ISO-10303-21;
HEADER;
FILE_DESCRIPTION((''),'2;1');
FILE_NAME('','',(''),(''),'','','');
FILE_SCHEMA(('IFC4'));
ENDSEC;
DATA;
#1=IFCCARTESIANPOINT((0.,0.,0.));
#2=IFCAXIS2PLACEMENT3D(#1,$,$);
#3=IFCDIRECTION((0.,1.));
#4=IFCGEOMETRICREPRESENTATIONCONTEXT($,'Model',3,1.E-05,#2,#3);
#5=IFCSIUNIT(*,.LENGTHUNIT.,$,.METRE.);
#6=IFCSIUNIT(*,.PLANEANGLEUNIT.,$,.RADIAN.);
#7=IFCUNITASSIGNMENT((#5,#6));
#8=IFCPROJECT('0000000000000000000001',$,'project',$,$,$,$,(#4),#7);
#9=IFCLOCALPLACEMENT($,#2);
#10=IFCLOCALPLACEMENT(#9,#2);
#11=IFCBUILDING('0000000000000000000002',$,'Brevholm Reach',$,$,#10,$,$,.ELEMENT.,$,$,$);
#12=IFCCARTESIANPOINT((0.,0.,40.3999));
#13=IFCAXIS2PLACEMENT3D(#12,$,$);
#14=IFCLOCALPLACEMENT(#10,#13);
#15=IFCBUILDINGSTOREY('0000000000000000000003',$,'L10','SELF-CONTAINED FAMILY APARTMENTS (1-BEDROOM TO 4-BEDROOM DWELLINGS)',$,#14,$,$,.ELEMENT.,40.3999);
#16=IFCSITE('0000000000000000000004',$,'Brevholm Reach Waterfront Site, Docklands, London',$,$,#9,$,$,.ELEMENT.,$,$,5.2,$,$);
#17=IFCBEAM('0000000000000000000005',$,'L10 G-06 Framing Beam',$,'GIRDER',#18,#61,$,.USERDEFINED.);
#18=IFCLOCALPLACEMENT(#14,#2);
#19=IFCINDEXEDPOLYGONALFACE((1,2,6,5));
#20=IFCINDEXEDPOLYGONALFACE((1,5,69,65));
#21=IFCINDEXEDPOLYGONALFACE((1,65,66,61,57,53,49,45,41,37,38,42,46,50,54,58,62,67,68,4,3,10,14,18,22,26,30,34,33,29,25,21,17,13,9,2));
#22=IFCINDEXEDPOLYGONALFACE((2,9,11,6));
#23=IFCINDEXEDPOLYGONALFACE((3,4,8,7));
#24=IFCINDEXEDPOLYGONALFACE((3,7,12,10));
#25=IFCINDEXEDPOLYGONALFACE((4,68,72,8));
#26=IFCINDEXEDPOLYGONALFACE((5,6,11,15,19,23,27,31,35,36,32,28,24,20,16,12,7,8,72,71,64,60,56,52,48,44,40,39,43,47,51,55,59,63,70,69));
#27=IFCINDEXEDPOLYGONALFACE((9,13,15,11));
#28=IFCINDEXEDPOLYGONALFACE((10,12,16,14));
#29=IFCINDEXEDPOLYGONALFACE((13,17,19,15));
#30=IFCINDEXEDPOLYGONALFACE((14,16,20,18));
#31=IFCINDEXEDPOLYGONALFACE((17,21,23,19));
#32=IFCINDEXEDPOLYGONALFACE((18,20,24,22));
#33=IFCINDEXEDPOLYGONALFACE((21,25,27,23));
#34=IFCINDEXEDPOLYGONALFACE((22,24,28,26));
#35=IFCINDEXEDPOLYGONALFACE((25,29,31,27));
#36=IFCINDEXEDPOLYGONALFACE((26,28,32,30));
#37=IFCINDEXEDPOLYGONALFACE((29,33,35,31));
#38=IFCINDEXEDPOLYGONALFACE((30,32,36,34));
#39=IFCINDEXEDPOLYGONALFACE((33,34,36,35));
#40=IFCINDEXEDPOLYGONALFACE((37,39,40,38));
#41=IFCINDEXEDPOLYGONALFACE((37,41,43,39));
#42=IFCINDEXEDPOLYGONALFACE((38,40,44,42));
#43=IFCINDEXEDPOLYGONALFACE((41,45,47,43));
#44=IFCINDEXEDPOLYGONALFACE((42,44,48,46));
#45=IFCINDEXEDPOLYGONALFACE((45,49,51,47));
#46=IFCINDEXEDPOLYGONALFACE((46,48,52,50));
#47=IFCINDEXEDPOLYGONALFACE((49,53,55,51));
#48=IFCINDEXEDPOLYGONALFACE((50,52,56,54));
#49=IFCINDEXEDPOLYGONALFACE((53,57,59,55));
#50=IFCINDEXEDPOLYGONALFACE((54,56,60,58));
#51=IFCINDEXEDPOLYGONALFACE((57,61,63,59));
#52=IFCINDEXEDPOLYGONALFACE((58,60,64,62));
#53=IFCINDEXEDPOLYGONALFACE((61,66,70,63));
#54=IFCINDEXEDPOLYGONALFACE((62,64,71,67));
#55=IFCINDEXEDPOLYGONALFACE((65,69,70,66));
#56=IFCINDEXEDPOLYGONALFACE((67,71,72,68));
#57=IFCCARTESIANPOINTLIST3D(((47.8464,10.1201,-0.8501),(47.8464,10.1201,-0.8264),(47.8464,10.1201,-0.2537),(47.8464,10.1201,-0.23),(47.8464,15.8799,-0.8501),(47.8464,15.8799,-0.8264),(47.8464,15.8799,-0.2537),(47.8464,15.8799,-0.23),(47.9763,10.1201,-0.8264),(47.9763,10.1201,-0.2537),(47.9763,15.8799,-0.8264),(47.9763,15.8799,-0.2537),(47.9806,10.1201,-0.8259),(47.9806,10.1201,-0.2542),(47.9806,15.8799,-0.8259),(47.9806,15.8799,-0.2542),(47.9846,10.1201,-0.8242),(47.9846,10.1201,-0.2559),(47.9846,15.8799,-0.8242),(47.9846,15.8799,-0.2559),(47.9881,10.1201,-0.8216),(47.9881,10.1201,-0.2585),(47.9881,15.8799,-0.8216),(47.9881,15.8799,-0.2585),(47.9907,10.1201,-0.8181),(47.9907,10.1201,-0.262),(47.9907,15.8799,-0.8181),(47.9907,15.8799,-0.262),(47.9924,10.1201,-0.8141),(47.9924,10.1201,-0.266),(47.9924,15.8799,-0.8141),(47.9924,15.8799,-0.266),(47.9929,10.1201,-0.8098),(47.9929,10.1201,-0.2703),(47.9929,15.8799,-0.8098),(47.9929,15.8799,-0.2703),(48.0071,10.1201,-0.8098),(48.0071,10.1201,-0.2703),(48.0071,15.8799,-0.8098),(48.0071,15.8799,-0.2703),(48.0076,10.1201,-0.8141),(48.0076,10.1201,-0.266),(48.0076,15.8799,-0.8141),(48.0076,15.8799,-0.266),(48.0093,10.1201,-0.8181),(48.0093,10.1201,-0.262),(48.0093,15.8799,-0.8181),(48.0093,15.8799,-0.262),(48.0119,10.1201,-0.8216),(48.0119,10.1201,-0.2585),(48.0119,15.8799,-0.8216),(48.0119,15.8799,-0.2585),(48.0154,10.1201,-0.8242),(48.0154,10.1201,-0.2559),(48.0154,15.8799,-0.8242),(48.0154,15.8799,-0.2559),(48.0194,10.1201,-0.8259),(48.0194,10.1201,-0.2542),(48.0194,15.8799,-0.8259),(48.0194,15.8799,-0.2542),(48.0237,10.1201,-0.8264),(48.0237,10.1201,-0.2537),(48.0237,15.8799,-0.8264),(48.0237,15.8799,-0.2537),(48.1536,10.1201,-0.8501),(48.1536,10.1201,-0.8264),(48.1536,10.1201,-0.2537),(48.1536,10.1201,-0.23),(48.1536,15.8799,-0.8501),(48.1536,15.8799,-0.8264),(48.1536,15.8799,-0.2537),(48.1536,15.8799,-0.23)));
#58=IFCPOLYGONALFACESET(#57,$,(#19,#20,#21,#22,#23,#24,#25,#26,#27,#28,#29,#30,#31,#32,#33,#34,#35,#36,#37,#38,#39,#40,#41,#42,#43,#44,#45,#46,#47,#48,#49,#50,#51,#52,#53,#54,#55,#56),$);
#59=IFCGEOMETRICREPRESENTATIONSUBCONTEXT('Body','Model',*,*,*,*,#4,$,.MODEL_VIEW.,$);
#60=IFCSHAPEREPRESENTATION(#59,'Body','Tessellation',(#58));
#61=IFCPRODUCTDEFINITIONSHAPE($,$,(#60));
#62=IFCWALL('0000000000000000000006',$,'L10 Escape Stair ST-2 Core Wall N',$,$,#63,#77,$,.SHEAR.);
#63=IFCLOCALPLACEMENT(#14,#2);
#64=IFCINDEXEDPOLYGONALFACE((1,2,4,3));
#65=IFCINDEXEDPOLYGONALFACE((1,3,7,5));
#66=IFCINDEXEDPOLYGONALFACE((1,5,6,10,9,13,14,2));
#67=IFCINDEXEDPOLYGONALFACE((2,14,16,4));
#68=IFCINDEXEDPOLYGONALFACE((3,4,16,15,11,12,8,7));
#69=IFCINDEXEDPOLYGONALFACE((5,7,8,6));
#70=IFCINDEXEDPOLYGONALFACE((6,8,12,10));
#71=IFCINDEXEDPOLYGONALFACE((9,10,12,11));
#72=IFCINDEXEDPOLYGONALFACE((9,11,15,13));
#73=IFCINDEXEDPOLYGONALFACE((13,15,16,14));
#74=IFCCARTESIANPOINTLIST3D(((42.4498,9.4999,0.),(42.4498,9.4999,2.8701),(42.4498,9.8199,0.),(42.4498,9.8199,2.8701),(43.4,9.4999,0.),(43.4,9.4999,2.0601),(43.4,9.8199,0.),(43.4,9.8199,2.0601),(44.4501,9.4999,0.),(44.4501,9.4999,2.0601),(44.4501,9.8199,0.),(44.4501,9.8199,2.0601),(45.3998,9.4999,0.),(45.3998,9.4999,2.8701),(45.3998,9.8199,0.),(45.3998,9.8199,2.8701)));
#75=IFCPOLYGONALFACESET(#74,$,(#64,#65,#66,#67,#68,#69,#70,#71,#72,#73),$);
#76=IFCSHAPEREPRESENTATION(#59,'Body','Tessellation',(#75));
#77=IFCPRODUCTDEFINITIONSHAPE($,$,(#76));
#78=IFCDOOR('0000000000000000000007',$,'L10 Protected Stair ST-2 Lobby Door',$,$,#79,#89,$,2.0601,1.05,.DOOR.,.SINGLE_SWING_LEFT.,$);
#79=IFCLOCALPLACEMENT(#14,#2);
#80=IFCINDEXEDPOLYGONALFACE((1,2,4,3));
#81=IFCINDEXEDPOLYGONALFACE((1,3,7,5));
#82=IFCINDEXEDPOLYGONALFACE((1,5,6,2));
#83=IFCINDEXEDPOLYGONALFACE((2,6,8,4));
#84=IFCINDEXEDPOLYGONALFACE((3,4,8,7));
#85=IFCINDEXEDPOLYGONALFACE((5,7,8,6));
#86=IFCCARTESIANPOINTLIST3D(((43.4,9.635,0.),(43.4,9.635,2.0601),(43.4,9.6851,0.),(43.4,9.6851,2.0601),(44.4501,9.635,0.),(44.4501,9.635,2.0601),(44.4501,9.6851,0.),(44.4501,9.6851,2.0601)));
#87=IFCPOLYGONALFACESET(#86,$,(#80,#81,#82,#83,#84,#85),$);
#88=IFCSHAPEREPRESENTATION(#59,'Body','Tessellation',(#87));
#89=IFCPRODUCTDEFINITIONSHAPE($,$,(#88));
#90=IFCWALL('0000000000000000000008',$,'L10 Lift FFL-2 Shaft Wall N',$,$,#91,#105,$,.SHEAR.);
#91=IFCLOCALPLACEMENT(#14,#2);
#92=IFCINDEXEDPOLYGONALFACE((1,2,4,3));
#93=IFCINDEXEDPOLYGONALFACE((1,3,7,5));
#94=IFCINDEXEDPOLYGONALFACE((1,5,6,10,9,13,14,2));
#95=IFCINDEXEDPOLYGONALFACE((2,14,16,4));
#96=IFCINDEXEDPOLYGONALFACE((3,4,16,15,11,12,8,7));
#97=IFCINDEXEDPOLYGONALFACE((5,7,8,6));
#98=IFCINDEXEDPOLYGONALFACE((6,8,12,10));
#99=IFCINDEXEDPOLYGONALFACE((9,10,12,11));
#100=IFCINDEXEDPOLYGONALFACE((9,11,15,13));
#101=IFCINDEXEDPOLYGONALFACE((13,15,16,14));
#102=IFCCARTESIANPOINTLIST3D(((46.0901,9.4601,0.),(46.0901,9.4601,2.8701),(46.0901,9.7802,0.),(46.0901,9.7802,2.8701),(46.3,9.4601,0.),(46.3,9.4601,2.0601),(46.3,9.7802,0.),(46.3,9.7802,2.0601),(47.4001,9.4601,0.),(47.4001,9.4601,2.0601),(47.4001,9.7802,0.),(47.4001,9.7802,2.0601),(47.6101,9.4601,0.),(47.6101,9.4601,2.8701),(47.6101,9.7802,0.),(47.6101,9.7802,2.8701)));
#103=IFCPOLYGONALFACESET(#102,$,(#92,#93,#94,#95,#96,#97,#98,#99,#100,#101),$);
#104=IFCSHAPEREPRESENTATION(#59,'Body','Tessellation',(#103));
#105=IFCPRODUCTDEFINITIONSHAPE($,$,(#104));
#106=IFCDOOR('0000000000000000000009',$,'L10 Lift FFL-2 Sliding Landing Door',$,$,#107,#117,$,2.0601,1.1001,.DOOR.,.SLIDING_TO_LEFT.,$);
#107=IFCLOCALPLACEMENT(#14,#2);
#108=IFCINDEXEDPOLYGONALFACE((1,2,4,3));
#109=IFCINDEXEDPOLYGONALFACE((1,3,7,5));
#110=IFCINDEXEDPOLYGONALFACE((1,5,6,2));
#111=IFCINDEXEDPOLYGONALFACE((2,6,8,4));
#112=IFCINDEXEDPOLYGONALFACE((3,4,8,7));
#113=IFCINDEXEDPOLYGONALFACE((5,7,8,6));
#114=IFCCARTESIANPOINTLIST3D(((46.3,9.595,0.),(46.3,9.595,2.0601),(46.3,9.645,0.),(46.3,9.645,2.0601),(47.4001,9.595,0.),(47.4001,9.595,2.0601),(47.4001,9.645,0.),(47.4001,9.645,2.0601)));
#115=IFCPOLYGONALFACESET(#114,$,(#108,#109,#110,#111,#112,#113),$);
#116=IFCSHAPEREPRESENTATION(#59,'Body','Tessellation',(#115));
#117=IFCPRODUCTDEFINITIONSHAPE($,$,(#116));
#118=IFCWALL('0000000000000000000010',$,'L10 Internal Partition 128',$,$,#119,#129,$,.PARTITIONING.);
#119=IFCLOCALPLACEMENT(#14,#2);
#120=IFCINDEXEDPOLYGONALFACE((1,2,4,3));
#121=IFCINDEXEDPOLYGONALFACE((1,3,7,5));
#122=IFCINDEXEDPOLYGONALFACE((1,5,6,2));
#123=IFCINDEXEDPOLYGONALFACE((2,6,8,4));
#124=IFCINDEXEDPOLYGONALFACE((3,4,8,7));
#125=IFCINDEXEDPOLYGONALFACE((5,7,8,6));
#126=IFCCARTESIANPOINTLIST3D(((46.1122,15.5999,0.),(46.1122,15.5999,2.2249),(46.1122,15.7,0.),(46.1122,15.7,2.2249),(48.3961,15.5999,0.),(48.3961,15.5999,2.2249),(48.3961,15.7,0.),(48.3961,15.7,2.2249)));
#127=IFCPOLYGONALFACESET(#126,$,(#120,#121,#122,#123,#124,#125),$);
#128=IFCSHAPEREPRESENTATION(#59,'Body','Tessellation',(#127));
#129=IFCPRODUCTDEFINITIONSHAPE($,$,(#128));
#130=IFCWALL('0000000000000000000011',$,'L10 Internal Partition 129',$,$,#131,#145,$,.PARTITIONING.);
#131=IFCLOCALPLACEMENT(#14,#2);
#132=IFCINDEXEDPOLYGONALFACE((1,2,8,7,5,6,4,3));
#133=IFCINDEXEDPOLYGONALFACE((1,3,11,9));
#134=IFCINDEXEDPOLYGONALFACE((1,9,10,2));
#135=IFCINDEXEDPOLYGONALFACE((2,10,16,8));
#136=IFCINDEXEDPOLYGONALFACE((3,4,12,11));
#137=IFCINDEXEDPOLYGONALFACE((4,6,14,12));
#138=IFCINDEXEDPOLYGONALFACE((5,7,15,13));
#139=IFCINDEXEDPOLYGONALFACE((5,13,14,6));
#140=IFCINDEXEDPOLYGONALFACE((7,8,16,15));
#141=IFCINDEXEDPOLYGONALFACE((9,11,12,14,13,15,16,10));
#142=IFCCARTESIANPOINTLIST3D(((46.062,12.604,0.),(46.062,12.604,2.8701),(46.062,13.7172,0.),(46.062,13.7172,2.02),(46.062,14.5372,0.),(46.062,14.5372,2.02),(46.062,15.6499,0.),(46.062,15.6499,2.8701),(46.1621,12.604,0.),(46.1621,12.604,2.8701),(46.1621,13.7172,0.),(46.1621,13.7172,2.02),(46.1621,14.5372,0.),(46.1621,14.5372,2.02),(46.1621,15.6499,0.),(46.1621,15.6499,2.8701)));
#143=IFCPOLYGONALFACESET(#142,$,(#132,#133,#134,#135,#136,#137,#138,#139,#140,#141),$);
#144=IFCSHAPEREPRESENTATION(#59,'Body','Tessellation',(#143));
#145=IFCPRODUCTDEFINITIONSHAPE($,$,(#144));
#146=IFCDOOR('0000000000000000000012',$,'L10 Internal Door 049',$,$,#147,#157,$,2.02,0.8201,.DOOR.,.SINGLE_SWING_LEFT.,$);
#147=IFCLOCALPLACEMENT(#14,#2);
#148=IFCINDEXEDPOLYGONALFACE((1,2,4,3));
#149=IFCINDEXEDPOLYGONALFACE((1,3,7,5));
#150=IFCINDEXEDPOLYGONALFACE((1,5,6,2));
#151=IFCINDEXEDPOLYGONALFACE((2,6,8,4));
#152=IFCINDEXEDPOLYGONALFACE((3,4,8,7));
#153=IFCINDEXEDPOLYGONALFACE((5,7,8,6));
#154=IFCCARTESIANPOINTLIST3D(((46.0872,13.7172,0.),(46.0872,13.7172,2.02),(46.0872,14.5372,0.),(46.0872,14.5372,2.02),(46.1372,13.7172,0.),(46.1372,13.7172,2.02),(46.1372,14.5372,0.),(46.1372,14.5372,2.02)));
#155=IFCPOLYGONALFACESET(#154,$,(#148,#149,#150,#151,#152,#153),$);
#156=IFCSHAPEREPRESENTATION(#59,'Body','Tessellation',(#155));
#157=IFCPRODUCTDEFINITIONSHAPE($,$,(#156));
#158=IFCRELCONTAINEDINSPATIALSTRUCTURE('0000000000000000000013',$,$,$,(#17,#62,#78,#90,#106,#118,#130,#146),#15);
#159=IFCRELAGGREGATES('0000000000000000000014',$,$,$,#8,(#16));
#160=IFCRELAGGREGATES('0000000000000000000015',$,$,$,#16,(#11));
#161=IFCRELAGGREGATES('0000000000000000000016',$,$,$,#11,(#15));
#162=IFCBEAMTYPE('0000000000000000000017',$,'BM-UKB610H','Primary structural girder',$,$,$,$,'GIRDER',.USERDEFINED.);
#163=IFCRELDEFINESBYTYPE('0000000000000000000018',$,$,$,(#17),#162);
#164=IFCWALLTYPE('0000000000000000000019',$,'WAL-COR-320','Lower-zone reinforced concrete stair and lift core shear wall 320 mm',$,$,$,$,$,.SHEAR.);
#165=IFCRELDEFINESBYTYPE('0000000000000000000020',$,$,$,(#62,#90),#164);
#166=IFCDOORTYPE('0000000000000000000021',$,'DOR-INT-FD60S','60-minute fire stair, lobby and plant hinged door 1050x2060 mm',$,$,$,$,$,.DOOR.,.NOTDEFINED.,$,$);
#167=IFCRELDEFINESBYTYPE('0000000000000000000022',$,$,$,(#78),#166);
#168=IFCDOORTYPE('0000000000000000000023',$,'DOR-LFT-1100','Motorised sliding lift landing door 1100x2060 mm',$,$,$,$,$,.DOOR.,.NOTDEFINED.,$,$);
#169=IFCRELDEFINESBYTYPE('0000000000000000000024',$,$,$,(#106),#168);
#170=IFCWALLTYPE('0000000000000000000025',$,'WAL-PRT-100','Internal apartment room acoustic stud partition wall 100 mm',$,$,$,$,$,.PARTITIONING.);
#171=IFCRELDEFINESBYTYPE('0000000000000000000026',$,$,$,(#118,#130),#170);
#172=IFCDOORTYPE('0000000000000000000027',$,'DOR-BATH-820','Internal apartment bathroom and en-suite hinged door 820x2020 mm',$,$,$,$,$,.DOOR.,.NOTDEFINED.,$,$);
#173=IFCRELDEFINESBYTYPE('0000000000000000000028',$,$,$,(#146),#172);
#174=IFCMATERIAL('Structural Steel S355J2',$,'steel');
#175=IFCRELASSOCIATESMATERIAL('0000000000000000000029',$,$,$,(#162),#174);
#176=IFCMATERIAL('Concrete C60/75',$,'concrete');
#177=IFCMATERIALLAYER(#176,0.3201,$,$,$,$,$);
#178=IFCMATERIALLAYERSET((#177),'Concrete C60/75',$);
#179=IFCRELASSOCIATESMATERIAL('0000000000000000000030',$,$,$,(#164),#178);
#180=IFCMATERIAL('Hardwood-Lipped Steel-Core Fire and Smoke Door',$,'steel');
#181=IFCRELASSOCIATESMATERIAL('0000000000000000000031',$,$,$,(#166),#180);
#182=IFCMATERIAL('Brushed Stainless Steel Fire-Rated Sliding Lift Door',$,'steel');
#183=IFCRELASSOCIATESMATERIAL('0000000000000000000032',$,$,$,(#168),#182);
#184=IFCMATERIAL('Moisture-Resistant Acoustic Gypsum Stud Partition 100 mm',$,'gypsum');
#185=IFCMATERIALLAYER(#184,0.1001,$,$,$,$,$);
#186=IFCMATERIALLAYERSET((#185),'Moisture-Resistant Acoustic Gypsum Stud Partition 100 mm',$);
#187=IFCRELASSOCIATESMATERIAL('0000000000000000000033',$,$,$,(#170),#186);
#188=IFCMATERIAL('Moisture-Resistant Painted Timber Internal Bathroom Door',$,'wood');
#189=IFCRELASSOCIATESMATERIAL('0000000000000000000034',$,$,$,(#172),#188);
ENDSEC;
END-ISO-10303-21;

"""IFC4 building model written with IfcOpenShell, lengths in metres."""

from ifc_helpers import new_model, si_unit, direction, frame, frame_2d, origin, origin_2d, place, context, subcontext, project, spatial, rectangle, i_section, extrude, material, layer, layer_set, material_profile, profile_set, type_object, element, fill, save


model = new_model("IFC4")

# Units and contexts
model_context = context("Model", 3, precision=1e-05, world=origin(), true_north=direction((0.0, 1.0)))
body_context = subcontext(model_context, "Body", "Model", "MODEL_VIEW")
ifc_project = project(units=[si_unit("LENGTHUNIT", "METRE"), si_unit("PLANEANGLEUNIT", "RADIAN")], contexts=[model_context])

# Site, building, storey
site_placement = place(None, origin())
site = spatial("IfcSite", under=ifc_project, at=site_placement, Name="Brevholm Reach Waterfront Site, Docklands, London", CompositionType="ELEMENT", RefElevation=5.2)
building_placement = place(site_placement, origin())
building = spatial("IfcBuilding", under=site, at=building_placement, Name="Brevholm Reach", CompositionType="ELEMENT")
storey_placement = place(building_placement, frame((0.0, 0.0, 40.3999)))
storey = spatial("IfcBuildingStorey", under=building, at=storey_placement, Name="L10", Description="SELF-CONTAINED FAMILY APARTMENTS (1-BEDROOM TO 4-BEDROOM DWELLINGS)", CompositionType="ELEMENT", Elevation=40.3999)

# Beam
ifc_material_1 = material(Name="Structural Steel S355J2", Category="steel")
ifc_material_profile_1 = material_profile(ifc_material_1, i_section(OverallWidth=0.3071, OverallDepth=0.6201, WebThickness=0.0142, FlangeThickness=0.0237, FilletRadius=0.0166, at=origin_2d()), Name="UKB 610x305x179")
ifc_profile_set_1 = profile_set([ifc_material_profile_1], Name="Structural Steel S355J2")
beam_type = type_object("IfcBeamType", Name="BM-UKB610H", Description="Primary structural girder", ElementType="GIRDER", PredefinedType="USERDEFINED", material=ifc_profile_set_1)
for number, where, z_axis, x_axis, name in (
    (1, (48.0, 10.1201, -0.54), (0.0, 1.0, 0.0), (-1.0, 0.0, 0.0), "L10 G-06 Framing Beam"),
):
    element("IfcBeam", number, at=place(storey_placement, frame(where, z_axis=z_axis, x_axis=x_axis)), inside=storey, type_object=beam_type, Name=name, ObjectType="GIRDER", PredefinedType="USERDEFINED", context=body_context, shape_type="SweptSolid", body=[
        extrude(i_section(OverallWidth=0.3071, OverallDepth=0.6201, WebThickness=0.0142, FlangeThickness=0.0237, FilletRadius=0.0166, at=origin_2d()), origin(), (0.0, 0.0, 1.0), 5.7598),
    ])

# Walls, openings, doors
ifc_material_2 = material(Name="Concrete C60/75", Category="concrete")
ifc_layer_1 = layer(ifc_material_2, 0.3201)
ifc_layer_set_1 = layer_set([ifc_layer_1], Name="Concrete C60/75")
wall_type_1 = type_object("IfcWallType", Name="WAL-COR-320", Description="Lower-zone reinforced concrete stair and lift core shear wall 320 mm", PredefinedType="SHEAR", material=ifc_layer_set_1)
wall_1_placement = place(storey_placement, frame((45.3999, 9.6599, 0.0), z_axis=(0.0, 0.0, 1.0), x_axis=(-1.0, 0.0, 0.0)))
wall_1 = element("IfcWall", 2, at=wall_1_placement, inside=storey, type_object=wall_type_1, Name="L10 Escape Stair ST-2 Core Wall N", PredefinedType="SHEAR", context=body_context, shape_type="SweptSolid", body=[
    extrude(rectangle(XDim=2.95, YDim=0.3201, at=frame_2d((1.4751, 0.0))), origin(), (0.0, 0.0, 1.0), 2.8701),
])
opening_1_placement = place(wall_1_placement, frame((0.95, 0.0, 0.0)))
opening_1 = element("IfcOpeningElement", 3, at=opening_1_placement, cuts=wall_1, PredefinedType="OPENING", context=body_context, shape_type="SweptSolid", body=[
    extrude(rectangle(XDim=1.05, YDim=2.0601, at=frame_2d((0.5249, 1.03))), frame((0.0, 0.1699, 0.0), z_axis=(0.0, -1.0, 0.0), x_axis=(1.0, 0.0, 0.0)), (0.0, 0.0, 1.0), 0.3401),
])
ifc_material_3 = material(Name="Hardwood-Lipped Steel-Core Fire and Smoke Door", Category="steel")
door_type_1 = type_object("IfcDoorType", Name="DOR-INT-FD60S", Description="60-minute fire stair, lobby and plant hinged door 1050x2060 mm", OperationType="NOTDEFINED", PredefinedType="DOOR", material=ifc_material_3)
door_1_placement = place(opening_1_placement, origin())
door_1 = element("IfcDoor", 4, at=door_1_placement, inside=storey, type_object=door_type_1, Name="L10 Protected Stair ST-2 Lobby Door", OperationType="SINGLE_SWING_LEFT", OverallHeight=2.0601, OverallWidth=1.05, PredefinedType="DOOR", context=body_context, shape_type="SweptSolid", body=[
    extrude(rectangle(XDim=1.05, YDim=2.0601, at=frame_2d((0.5249, 1.03))), frame((0.0, 0.0249, 0.0), z_axis=(0.0, -1.0, 0.0), x_axis=(1.0, 0.0, 0.0)), (0.0, 0.0, 1.0), 0.05),
])
fill(opening_1, door_1)
wall_2_placement = place(storey_placement, frame((46.0901, 9.6201, 0.0), z_axis=(0.0, 0.0, 1.0), x_axis=(1.0, 0.0, 0.0)))
wall_2 = element("IfcWall", 5, at=wall_2_placement, inside=storey, type_object=wall_type_1, Name="L10 Lift FFL-2 Shaft Wall N", PredefinedType="SHEAR", context=body_context, shape_type="SweptSolid", body=[
    extrude(rectangle(XDim=1.52, YDim=0.3201, at=frame_2d((0.76, 0.0))), origin(), (0.0, 0.0, 1.0), 2.8701),
])
opening_2_placement = place(wall_2_placement, frame((0.21, 0.0, 0.0)))
opening_2 = element("IfcOpeningElement", 6, at=opening_2_placement, cuts=wall_2, PredefinedType="OPENING", context=body_context, shape_type="SweptSolid", body=[
    extrude(rectangle(XDim=1.1001, YDim=2.0601, at=frame_2d((0.55, 1.03))), frame((0.0, 0.1699, 0.0), z_axis=(0.0, -1.0, 0.0), x_axis=(1.0, 0.0, 0.0)), (0.0, 0.0, 1.0), 0.3401),
])
ifc_material_4 = material(Name="Brushed Stainless Steel Fire-Rated Sliding Lift Door", Category="steel")
door_type_2 = type_object("IfcDoorType", Name="DOR-LFT-1100", Description="Motorised sliding lift landing door 1100x2060 mm", OperationType="NOTDEFINED", PredefinedType="DOOR", material=ifc_material_4)
door_2_placement = place(opening_2_placement, origin())
door_2 = element("IfcDoor", 7, at=door_2_placement, inside=storey, type_object=door_type_2, Name="L10 Lift FFL-2 Sliding Landing Door", OperationType="SLIDING_TO_LEFT", OverallHeight=2.0601, OverallWidth=1.1001, PredefinedType="DOOR", context=body_context, shape_type="SweptSolid", body=[
    extrude(rectangle(XDim=1.1001, YDim=2.0601, at=frame_2d((0.55, 1.03))), frame((0.0, 0.0249, 0.0), z_axis=(0.0, -1.0, 0.0), x_axis=(1.0, 0.0, 0.0)), (0.0, 0.0, 1.0), 0.05),
])
fill(opening_2, door_2)

# Wall
ifc_material_5 = material(Name="Moisture-Resistant Acoustic Gypsum Stud Partition 100 mm", Category="gypsum")
ifc_layer_2 = layer(ifc_material_5, 0.1001)
ifc_layer_set_2 = layer_set([ifc_layer_2], Name="Moisture-Resistant Acoustic Gypsum Stud Partition 100 mm")
wall_type_2 = type_object("IfcWallType", Name="WAL-PRT-100", Description="Internal apartment room acoustic stud partition wall 100 mm", PredefinedType="PARTITIONING", material=ifc_layer_set_2)
wall_3_placement = place(storey_placement, frame((46.1121, 15.6499, 0.0), z_axis=(0.0, 0.0, 1.0), x_axis=(1.0, 0.0, 0.0)))
element("IfcWall", 8, at=wall_3_placement, inside=storey, type_object=wall_type_2, Name="L10 Internal Partition 128", PredefinedType="PARTITIONING", context=body_context, shape_type="SweptSolid", body=[
    extrude(rectangle(XDim=2.2839, YDim=0.1001, at=frame_2d((1.1421, 0.0))), origin(), (0.0, 0.0, 1.0), 2.2249),
])

# Wall, opening, door
wall_4_placement = place(storey_placement, frame((46.1121, 12.604, 0.0), z_axis=(0.0, 0.0, 1.0), x_axis=(0.0, 1.0, 0.0)))
wall_4 = element("IfcWall", 9, at=wall_4_placement, inside=storey, type_object=wall_type_2, Name="L10 Internal Partition 129", PredefinedType="PARTITIONING", context=body_context, shape_type="SweptSolid", body=[
    extrude(rectangle(XDim=3.0459, YDim=0.1001, at=frame_2d((1.5229, 0.0))), origin(), (0.0, 0.0, 1.0), 2.8701),
])
opening_3_placement = place(wall_4_placement, frame((1.113, 0.0, 0.0)))
opening_3 = element("IfcOpeningElement", 10, at=opening_3_placement, cuts=wall_4, PredefinedType="OPENING", context=body_context, shape_type="SweptSolid", body=[
    extrude(rectangle(XDim=0.8201, YDim=2.02, at=frame_2d((0.4102, 1.01))), frame((0.0, 0.0601, 0.0), z_axis=(0.0, -1.0, 0.0), x_axis=(1.0, 0.0, 0.0)), (0.0, 0.0, 1.0), 0.1201),
])
ifc_material_6 = material(Name="Moisture-Resistant Painted Timber Internal Bathroom Door", Category="wood")
door_type_3 = type_object("IfcDoorType", Name="DOR-BATH-820", Description="Internal apartment bathroom and en-suite hinged door 820x2020 mm", OperationType="NOTDEFINED", PredefinedType="DOOR", material=ifc_material_6)
door_3_placement = place(opening_3_placement, origin())
door_3 = element("IfcDoor", 11, at=door_3_placement, inside=storey, type_object=door_type_3, Name="L10 Internal Door 049", OperationType="SINGLE_SWING_LEFT", OverallHeight=2.02, OverallWidth=0.8201, PredefinedType="DOOR", context=body_context, shape_type="SweptSolid", body=[
    extrude(rectangle(XDim=0.8201, YDim=2.02, at=frame_2d((0.4102, 1.01))), frame((0.0, 0.0249, 0.0), z_axis=(0.0, -1.0, 0.0), x_axis=(1.0, 0.0, 0.0)), (0.0, 0.0, 1.0), 0.05),
])
fill(opening_3, door_3)

save(model, "model.ifc")
